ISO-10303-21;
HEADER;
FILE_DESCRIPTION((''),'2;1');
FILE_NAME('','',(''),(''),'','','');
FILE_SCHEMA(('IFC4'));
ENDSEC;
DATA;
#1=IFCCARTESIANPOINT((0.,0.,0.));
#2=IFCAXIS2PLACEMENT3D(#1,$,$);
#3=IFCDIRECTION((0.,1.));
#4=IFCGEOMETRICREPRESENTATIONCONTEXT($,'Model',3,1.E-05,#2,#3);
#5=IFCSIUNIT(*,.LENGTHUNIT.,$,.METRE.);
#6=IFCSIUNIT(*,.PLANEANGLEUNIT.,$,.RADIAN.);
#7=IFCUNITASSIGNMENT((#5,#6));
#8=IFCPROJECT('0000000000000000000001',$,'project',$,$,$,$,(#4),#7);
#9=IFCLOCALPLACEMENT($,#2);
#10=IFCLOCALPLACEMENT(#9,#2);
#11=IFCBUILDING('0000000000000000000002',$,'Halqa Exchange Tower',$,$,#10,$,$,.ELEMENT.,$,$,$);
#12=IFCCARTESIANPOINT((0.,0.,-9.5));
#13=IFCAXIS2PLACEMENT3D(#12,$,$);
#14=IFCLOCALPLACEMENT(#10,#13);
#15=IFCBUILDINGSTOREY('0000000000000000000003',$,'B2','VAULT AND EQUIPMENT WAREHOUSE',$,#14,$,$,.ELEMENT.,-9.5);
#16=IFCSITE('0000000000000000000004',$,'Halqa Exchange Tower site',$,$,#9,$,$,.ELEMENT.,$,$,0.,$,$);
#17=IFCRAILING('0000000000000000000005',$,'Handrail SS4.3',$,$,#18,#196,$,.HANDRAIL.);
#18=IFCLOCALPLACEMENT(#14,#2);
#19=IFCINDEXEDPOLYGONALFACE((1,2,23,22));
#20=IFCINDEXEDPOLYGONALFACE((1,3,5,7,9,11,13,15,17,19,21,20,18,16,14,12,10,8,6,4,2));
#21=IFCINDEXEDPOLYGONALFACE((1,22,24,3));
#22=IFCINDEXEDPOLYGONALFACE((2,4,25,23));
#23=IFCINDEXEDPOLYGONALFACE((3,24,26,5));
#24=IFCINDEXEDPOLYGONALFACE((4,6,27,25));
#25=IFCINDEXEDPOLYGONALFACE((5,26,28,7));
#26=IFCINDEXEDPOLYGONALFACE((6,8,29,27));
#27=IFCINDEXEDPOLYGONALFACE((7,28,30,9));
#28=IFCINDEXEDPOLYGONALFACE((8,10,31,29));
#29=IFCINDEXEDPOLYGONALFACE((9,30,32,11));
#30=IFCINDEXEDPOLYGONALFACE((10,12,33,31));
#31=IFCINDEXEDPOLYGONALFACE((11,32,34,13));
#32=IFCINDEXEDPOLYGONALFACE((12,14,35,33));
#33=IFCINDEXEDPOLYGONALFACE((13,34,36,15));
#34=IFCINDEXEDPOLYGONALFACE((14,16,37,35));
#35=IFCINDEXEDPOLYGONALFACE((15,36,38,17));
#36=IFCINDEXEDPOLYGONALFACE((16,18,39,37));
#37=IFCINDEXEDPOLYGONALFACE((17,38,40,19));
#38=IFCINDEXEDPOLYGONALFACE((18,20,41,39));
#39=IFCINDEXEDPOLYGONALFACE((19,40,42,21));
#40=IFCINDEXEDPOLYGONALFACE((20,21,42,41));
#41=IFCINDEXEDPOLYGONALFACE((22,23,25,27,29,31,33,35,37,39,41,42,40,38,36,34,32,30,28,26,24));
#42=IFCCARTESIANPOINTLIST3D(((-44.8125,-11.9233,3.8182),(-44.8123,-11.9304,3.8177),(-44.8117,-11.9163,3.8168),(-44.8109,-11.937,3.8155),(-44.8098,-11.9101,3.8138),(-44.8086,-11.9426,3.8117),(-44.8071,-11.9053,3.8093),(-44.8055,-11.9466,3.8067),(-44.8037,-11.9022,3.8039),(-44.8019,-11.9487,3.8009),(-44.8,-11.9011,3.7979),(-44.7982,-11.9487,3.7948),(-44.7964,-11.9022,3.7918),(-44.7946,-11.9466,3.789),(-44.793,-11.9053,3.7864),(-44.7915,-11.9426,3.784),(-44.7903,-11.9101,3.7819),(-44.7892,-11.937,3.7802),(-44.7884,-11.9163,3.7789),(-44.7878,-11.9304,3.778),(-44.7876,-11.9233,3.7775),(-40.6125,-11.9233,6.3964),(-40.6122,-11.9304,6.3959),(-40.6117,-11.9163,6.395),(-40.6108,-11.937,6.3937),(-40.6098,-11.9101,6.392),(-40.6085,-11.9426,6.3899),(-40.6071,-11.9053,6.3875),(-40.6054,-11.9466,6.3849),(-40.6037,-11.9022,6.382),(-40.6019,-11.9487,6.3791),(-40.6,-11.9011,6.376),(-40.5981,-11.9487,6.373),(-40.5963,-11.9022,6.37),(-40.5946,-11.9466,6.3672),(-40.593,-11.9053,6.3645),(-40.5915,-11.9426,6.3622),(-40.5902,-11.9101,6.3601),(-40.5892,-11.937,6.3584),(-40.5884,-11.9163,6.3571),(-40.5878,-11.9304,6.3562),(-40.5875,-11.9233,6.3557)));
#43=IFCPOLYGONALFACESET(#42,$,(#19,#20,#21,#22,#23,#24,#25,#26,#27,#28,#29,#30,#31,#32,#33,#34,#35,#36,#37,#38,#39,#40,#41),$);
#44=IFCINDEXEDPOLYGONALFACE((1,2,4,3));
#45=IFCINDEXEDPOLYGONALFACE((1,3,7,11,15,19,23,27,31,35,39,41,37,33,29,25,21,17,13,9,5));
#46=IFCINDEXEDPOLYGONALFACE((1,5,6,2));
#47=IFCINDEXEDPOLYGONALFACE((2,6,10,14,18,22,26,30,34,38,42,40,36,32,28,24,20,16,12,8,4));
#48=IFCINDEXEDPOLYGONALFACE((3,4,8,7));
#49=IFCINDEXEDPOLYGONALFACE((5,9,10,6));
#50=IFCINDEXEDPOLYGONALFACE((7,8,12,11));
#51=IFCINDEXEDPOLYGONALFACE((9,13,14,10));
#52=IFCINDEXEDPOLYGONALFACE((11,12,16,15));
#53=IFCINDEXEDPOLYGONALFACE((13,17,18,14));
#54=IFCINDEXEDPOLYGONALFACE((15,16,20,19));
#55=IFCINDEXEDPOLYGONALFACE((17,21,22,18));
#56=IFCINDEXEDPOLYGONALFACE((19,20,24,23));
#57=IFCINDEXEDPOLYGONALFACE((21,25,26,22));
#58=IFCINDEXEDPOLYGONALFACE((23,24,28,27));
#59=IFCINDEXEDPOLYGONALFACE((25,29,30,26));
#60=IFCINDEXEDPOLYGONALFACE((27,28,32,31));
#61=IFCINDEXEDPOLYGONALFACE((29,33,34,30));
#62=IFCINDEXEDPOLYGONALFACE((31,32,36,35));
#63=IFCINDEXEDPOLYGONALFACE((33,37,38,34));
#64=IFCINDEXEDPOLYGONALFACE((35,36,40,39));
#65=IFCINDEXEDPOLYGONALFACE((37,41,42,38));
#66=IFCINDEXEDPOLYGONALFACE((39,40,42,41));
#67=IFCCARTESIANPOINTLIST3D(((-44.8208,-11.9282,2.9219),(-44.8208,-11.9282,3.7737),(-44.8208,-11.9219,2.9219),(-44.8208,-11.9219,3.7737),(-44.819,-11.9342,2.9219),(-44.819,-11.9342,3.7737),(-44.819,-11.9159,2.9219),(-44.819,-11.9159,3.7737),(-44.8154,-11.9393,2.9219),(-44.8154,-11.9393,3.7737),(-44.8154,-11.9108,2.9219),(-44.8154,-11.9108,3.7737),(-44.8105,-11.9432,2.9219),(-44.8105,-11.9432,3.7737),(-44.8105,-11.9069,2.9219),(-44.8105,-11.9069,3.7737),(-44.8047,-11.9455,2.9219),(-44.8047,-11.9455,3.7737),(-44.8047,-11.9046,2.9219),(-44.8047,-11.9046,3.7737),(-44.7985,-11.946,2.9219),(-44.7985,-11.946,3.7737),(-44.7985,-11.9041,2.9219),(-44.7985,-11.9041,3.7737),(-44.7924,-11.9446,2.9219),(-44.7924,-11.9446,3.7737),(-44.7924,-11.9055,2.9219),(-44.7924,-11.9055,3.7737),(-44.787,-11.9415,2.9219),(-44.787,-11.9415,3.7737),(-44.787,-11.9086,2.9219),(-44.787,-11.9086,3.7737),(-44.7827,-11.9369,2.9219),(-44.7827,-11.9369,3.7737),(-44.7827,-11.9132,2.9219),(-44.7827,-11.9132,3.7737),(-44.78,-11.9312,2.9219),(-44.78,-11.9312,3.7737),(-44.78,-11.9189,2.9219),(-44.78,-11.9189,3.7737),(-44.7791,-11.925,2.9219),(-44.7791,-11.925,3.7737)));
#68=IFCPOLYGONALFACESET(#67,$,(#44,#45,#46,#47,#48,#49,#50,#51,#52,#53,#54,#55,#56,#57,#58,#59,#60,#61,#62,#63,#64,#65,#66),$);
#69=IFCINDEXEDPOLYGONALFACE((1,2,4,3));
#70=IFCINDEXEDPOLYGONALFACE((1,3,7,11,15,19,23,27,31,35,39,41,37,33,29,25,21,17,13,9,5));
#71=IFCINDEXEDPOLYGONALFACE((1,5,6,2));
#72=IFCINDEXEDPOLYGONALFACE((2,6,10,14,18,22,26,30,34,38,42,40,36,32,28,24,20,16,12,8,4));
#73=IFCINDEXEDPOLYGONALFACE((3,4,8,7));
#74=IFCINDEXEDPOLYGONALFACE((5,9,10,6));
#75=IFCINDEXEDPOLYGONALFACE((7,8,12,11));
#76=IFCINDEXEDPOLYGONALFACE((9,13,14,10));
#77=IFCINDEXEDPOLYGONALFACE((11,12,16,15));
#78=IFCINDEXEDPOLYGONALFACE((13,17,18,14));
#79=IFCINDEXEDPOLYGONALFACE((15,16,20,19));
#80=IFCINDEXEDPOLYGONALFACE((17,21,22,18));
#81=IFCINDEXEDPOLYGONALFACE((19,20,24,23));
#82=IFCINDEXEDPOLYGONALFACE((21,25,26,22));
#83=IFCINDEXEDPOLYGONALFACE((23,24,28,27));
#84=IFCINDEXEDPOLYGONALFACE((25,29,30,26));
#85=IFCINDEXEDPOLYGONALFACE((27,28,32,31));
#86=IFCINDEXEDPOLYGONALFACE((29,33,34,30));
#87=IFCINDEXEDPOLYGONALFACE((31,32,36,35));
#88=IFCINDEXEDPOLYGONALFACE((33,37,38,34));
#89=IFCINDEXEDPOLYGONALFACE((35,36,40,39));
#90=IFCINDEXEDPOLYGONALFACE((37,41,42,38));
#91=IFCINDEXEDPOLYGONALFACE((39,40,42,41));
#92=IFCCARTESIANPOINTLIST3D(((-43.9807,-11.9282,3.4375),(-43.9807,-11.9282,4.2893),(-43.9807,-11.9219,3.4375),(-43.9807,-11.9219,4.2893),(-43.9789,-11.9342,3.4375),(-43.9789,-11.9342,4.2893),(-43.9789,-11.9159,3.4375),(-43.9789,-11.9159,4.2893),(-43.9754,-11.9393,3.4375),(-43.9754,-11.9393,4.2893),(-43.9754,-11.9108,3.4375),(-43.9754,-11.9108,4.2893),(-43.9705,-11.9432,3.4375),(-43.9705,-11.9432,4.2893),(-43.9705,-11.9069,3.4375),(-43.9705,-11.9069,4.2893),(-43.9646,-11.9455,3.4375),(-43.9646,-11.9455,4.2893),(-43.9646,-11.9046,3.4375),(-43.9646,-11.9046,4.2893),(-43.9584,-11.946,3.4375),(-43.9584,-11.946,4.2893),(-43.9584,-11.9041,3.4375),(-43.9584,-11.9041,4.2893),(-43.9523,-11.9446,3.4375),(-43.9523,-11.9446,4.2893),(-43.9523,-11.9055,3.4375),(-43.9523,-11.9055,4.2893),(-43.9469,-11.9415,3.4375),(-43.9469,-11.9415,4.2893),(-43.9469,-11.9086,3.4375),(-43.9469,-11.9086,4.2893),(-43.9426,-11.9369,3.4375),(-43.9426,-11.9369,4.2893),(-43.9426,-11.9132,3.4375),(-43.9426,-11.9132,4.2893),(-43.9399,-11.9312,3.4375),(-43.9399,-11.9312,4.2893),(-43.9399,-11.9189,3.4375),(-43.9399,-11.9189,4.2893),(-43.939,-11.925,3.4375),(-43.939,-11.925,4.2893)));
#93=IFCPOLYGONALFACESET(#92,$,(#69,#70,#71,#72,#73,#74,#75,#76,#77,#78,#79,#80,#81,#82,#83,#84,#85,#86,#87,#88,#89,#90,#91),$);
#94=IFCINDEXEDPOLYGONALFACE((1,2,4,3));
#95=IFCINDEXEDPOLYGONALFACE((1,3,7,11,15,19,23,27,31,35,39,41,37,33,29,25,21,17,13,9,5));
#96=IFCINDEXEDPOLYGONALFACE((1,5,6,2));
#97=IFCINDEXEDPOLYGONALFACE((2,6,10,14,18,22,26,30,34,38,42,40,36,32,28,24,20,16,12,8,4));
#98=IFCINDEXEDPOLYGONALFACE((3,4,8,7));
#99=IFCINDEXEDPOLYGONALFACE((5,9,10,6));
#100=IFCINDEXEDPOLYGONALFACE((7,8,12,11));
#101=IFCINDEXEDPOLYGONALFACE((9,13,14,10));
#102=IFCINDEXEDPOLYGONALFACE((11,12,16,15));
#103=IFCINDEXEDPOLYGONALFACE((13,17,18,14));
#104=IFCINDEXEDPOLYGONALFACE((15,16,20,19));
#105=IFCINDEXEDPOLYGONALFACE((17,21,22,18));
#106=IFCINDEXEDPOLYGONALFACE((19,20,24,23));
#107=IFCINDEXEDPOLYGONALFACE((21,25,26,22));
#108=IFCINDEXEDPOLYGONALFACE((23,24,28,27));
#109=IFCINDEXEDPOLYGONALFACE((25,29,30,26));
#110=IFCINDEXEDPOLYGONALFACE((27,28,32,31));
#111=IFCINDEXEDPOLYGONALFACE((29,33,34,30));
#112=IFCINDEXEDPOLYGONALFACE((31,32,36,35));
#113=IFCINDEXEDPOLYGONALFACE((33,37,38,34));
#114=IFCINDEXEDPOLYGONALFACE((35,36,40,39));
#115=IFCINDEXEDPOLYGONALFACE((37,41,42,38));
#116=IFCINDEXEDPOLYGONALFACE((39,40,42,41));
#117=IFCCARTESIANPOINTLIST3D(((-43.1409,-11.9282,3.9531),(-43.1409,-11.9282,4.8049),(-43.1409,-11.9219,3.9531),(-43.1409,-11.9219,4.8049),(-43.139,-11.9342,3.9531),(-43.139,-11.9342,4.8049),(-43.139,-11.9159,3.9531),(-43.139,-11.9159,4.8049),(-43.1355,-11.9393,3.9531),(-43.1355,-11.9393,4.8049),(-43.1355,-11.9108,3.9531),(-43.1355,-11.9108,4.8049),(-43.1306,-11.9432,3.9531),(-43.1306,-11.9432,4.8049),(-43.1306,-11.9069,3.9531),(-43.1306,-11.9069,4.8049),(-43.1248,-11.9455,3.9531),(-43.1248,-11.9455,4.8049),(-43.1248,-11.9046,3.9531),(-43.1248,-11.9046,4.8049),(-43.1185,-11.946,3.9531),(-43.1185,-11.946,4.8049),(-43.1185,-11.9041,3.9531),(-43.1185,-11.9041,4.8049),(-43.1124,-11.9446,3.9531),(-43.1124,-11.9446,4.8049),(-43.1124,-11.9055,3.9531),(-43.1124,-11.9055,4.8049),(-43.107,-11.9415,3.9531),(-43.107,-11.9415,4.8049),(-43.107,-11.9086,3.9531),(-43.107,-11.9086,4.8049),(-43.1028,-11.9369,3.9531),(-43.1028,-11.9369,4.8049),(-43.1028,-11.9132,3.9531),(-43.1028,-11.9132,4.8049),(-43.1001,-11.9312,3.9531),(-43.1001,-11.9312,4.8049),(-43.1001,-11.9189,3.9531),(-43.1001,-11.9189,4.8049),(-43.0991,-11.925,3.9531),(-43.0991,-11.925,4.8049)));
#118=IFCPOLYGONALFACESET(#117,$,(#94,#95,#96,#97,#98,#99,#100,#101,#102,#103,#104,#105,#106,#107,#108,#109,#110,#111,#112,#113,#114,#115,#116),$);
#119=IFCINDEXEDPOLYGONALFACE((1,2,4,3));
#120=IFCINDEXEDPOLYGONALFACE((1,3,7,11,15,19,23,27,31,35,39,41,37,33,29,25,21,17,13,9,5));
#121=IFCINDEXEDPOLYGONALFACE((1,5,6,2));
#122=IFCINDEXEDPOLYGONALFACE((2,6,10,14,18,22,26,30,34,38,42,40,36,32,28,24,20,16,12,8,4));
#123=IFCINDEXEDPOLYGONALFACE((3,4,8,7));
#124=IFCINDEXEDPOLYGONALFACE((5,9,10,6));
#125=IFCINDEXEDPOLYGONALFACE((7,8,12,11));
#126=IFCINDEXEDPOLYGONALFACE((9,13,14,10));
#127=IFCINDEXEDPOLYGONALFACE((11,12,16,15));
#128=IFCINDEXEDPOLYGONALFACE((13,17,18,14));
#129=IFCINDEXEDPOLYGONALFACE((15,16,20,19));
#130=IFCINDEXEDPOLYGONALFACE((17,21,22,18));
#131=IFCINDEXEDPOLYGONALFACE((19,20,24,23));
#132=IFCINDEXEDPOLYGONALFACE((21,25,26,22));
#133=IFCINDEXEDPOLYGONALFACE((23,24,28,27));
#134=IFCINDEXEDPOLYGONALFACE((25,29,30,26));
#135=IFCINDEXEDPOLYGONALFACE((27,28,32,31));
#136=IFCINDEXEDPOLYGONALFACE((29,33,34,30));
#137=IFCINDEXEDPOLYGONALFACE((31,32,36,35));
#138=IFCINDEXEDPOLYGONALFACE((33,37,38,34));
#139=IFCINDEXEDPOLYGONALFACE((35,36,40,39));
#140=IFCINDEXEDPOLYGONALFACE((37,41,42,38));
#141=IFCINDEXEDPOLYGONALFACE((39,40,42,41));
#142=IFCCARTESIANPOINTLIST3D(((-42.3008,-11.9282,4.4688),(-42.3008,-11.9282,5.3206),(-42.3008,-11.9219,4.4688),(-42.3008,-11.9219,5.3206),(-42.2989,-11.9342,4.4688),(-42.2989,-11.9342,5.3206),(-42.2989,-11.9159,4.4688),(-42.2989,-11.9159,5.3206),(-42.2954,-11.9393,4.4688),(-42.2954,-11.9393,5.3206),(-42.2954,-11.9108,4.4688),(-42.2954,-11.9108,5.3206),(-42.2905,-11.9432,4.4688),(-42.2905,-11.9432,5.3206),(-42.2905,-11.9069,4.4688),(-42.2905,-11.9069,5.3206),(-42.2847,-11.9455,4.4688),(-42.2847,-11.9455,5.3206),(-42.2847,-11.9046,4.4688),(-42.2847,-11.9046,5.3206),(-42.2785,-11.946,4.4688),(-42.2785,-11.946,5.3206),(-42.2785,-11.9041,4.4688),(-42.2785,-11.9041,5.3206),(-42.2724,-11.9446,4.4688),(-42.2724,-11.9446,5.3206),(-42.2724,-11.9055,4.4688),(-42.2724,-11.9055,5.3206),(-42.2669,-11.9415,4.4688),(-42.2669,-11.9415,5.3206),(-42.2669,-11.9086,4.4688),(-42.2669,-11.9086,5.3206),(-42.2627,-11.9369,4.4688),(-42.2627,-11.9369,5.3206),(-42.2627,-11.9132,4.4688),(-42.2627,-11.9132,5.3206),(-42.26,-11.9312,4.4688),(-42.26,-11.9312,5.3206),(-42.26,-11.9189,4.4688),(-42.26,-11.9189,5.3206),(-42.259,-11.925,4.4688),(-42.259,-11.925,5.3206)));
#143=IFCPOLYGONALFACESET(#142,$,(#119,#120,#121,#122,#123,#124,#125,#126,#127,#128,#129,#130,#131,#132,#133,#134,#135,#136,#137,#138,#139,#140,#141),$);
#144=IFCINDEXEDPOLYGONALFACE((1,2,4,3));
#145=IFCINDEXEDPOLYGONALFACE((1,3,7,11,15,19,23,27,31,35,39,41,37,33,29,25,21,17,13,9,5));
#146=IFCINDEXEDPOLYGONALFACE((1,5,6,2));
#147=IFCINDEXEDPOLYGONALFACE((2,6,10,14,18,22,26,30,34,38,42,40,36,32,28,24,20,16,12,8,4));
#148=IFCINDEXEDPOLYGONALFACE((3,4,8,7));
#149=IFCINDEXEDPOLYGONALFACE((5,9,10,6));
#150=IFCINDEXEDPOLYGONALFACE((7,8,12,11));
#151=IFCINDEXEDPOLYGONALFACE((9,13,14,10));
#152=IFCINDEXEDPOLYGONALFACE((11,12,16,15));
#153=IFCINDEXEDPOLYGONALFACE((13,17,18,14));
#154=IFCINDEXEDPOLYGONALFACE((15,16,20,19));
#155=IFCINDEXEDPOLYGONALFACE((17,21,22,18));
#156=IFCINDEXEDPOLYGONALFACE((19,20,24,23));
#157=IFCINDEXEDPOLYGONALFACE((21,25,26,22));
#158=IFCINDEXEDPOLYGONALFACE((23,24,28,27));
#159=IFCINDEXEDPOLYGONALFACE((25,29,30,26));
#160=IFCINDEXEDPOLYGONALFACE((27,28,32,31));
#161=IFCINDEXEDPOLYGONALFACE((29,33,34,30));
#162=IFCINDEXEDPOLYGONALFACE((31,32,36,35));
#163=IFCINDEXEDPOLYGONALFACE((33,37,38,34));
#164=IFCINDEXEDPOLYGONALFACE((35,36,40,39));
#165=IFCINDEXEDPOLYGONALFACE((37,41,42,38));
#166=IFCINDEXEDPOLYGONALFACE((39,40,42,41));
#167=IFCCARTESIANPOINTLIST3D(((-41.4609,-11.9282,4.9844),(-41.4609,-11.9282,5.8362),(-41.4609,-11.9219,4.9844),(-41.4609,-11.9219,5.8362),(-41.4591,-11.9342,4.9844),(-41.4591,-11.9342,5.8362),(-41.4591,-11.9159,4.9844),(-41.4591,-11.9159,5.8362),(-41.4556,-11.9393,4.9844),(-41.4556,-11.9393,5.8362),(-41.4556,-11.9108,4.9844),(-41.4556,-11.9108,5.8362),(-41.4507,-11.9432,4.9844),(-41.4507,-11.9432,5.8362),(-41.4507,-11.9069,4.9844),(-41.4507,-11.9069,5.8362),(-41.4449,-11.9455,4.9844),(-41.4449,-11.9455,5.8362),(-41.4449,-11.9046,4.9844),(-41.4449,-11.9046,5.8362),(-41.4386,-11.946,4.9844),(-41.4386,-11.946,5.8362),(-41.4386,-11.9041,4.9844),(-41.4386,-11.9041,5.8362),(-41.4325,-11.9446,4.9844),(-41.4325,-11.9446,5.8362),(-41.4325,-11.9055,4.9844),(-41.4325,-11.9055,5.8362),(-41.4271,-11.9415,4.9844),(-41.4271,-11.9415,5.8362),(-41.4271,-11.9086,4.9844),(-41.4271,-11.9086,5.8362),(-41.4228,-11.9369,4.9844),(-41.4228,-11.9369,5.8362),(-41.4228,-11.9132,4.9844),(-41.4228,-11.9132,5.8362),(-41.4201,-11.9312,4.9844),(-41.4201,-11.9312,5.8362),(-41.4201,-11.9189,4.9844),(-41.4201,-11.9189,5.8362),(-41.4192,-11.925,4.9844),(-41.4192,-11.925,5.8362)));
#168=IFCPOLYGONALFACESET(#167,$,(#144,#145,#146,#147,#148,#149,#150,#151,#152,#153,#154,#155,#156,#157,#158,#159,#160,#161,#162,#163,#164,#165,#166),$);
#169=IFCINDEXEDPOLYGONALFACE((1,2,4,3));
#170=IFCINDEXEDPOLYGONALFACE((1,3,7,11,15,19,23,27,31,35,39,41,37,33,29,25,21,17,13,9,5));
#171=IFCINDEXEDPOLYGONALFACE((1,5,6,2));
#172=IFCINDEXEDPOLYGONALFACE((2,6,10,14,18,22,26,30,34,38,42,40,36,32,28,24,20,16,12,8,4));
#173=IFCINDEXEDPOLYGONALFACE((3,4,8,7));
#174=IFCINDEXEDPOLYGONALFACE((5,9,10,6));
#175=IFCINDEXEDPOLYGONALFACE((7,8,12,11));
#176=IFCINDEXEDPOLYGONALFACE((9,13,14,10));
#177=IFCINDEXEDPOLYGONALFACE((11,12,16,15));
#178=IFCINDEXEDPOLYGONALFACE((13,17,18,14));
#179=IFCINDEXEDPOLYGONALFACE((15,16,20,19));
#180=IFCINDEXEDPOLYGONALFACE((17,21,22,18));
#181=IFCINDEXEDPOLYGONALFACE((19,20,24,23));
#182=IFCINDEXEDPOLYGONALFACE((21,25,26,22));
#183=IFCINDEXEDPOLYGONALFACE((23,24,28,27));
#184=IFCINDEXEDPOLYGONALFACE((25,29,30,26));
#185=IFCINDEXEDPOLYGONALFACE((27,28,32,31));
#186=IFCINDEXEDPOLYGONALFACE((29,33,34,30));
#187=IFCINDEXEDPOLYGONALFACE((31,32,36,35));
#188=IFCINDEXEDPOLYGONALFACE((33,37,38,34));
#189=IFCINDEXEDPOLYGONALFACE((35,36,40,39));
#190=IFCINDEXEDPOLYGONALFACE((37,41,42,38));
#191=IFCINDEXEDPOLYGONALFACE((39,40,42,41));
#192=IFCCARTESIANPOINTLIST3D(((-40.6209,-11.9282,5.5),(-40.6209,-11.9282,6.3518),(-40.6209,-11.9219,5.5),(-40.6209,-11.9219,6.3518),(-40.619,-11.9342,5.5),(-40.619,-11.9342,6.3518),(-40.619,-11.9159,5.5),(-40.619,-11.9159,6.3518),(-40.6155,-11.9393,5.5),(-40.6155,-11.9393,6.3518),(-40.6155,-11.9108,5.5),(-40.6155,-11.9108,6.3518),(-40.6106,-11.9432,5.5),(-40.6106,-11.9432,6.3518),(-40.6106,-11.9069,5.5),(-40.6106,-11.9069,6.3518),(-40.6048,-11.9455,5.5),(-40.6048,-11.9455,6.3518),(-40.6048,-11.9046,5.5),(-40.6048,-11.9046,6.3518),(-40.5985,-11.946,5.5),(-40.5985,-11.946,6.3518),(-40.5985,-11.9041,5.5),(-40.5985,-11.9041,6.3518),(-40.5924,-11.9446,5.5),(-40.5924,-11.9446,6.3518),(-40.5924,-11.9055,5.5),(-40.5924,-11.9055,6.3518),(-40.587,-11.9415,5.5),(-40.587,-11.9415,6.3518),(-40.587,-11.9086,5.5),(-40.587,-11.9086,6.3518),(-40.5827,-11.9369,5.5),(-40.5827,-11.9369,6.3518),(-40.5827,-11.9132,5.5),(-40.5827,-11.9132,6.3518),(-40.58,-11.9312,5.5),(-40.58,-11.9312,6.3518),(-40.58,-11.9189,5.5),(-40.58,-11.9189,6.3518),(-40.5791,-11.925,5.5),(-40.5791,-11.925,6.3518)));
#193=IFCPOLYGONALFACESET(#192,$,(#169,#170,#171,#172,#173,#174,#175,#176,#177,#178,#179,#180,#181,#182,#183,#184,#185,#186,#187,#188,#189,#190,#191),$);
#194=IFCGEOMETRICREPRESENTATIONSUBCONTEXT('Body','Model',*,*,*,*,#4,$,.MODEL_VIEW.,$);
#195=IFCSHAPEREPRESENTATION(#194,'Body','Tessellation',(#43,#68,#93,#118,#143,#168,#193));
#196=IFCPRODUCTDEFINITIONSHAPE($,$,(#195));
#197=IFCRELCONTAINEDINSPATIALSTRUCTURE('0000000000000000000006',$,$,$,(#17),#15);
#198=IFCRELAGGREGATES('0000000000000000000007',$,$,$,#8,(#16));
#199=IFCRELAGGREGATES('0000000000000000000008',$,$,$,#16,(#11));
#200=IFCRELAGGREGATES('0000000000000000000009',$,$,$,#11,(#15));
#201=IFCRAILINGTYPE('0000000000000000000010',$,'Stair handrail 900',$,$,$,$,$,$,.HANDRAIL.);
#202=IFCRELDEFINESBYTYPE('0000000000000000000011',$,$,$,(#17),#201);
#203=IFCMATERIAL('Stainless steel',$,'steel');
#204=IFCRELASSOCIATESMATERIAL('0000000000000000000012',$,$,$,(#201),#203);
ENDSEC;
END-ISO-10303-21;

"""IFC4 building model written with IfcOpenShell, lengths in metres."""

from ifc_helpers import new_model, si_unit, direction, frame, origin, origin_2d, place, context, subcontext, project, spatial, circle, extrude, material, type_object, element, save


model = new_model("IFC4")

# Units and contexts
model_context = context("Model", 3, precision=1e-05, world=origin(), true_north=direction((0.0, 1.0)))
body_context = subcontext(model_context, "Body", "Model", "MODEL_VIEW")
ifc_project = project(units=[si_unit("LENGTHUNIT", "METRE"), si_unit("PLANEANGLEUNIT", "RADIAN")], contexts=[model_context])

# Site, building, storey
site_placement = place(None, origin())
site = spatial("IfcSite", under=ifc_project, at=site_placement, Name="Halqa Exchange Tower site", CompositionType="ELEMENT", RefElevation=0.0)
building_placement = place(site_placement, origin())
building = spatial("IfcBuilding", under=site, at=building_placement, Name="Halqa Exchange Tower", CompositionType="ELEMENT")
storey_placement = place(building_placement, frame((0.0, 0.0, -9.5)))
storey = spatial("IfcBuildingStorey", under=building, at=storey_placement, Name="B2", Description="VAULT AND EQUIPMENT WAREHOUSE", CompositionType="ELEMENT", Elevation=-9.5)

# Railing
ifc_material_1 = material(Name="Stainless steel", Category="steel")
railing_type = type_object("IfcRailingType", Name="Stair handrail 900", PredefinedType="HANDRAIL", material=ifc_material_1)
railing_placement = place(storey_placement, frame((-44.8, -11.925, 2.9219)))
element("IfcRailing", 1, at=railing_placement, inside=storey, type_object=railing_type, Name="Handrail SS4.3", PredefinedType="HANDRAIL", context=body_context, shape_type="SweptSolid", body=[
    extrude(circle(Radius=0.0239, at=origin_2d()), frame((0.0, 0.0, 0.876), z_axis=(0.852243, 0.0, 0.523146), x_axis=(0.0, 1.0, 0.0)), (0.0, 0.0, 1.0), 4.9282),
    extrude(circle(Radius=0.021, at=origin_2d()), origin(), (0.0, 0.0, 1.0), 0.8518),
    extrude(circle(Radius=0.021, at=origin_2d()), frame((0.8401, 0.0, 0.5156)), (0.0, 0.0, 1.0), 0.8518),
    extrude(circle(Radius=0.021, at=origin_2d()), frame((1.6799, 0.0, 1.0312)), (0.0, 0.0, 1.0), 0.8518),
    extrude(circle(Radius=0.021, at=origin_2d()), frame((2.52, 0.0, 1.5469)), (0.0, 0.0, 1.0), 0.8518),
    extrude(circle(Radius=0.021, at=origin_2d()), frame((3.3599, 0.0, 2.0625)), (0.0, 0.0, 1.0), 0.8518),
    extrude(circle(Radius=0.021, at=origin_2d()), frame((4.2, 0.0, 2.5781)), (0.0, 0.0, 1.0), 0.8518),
])

save(model, "model.ifc")
